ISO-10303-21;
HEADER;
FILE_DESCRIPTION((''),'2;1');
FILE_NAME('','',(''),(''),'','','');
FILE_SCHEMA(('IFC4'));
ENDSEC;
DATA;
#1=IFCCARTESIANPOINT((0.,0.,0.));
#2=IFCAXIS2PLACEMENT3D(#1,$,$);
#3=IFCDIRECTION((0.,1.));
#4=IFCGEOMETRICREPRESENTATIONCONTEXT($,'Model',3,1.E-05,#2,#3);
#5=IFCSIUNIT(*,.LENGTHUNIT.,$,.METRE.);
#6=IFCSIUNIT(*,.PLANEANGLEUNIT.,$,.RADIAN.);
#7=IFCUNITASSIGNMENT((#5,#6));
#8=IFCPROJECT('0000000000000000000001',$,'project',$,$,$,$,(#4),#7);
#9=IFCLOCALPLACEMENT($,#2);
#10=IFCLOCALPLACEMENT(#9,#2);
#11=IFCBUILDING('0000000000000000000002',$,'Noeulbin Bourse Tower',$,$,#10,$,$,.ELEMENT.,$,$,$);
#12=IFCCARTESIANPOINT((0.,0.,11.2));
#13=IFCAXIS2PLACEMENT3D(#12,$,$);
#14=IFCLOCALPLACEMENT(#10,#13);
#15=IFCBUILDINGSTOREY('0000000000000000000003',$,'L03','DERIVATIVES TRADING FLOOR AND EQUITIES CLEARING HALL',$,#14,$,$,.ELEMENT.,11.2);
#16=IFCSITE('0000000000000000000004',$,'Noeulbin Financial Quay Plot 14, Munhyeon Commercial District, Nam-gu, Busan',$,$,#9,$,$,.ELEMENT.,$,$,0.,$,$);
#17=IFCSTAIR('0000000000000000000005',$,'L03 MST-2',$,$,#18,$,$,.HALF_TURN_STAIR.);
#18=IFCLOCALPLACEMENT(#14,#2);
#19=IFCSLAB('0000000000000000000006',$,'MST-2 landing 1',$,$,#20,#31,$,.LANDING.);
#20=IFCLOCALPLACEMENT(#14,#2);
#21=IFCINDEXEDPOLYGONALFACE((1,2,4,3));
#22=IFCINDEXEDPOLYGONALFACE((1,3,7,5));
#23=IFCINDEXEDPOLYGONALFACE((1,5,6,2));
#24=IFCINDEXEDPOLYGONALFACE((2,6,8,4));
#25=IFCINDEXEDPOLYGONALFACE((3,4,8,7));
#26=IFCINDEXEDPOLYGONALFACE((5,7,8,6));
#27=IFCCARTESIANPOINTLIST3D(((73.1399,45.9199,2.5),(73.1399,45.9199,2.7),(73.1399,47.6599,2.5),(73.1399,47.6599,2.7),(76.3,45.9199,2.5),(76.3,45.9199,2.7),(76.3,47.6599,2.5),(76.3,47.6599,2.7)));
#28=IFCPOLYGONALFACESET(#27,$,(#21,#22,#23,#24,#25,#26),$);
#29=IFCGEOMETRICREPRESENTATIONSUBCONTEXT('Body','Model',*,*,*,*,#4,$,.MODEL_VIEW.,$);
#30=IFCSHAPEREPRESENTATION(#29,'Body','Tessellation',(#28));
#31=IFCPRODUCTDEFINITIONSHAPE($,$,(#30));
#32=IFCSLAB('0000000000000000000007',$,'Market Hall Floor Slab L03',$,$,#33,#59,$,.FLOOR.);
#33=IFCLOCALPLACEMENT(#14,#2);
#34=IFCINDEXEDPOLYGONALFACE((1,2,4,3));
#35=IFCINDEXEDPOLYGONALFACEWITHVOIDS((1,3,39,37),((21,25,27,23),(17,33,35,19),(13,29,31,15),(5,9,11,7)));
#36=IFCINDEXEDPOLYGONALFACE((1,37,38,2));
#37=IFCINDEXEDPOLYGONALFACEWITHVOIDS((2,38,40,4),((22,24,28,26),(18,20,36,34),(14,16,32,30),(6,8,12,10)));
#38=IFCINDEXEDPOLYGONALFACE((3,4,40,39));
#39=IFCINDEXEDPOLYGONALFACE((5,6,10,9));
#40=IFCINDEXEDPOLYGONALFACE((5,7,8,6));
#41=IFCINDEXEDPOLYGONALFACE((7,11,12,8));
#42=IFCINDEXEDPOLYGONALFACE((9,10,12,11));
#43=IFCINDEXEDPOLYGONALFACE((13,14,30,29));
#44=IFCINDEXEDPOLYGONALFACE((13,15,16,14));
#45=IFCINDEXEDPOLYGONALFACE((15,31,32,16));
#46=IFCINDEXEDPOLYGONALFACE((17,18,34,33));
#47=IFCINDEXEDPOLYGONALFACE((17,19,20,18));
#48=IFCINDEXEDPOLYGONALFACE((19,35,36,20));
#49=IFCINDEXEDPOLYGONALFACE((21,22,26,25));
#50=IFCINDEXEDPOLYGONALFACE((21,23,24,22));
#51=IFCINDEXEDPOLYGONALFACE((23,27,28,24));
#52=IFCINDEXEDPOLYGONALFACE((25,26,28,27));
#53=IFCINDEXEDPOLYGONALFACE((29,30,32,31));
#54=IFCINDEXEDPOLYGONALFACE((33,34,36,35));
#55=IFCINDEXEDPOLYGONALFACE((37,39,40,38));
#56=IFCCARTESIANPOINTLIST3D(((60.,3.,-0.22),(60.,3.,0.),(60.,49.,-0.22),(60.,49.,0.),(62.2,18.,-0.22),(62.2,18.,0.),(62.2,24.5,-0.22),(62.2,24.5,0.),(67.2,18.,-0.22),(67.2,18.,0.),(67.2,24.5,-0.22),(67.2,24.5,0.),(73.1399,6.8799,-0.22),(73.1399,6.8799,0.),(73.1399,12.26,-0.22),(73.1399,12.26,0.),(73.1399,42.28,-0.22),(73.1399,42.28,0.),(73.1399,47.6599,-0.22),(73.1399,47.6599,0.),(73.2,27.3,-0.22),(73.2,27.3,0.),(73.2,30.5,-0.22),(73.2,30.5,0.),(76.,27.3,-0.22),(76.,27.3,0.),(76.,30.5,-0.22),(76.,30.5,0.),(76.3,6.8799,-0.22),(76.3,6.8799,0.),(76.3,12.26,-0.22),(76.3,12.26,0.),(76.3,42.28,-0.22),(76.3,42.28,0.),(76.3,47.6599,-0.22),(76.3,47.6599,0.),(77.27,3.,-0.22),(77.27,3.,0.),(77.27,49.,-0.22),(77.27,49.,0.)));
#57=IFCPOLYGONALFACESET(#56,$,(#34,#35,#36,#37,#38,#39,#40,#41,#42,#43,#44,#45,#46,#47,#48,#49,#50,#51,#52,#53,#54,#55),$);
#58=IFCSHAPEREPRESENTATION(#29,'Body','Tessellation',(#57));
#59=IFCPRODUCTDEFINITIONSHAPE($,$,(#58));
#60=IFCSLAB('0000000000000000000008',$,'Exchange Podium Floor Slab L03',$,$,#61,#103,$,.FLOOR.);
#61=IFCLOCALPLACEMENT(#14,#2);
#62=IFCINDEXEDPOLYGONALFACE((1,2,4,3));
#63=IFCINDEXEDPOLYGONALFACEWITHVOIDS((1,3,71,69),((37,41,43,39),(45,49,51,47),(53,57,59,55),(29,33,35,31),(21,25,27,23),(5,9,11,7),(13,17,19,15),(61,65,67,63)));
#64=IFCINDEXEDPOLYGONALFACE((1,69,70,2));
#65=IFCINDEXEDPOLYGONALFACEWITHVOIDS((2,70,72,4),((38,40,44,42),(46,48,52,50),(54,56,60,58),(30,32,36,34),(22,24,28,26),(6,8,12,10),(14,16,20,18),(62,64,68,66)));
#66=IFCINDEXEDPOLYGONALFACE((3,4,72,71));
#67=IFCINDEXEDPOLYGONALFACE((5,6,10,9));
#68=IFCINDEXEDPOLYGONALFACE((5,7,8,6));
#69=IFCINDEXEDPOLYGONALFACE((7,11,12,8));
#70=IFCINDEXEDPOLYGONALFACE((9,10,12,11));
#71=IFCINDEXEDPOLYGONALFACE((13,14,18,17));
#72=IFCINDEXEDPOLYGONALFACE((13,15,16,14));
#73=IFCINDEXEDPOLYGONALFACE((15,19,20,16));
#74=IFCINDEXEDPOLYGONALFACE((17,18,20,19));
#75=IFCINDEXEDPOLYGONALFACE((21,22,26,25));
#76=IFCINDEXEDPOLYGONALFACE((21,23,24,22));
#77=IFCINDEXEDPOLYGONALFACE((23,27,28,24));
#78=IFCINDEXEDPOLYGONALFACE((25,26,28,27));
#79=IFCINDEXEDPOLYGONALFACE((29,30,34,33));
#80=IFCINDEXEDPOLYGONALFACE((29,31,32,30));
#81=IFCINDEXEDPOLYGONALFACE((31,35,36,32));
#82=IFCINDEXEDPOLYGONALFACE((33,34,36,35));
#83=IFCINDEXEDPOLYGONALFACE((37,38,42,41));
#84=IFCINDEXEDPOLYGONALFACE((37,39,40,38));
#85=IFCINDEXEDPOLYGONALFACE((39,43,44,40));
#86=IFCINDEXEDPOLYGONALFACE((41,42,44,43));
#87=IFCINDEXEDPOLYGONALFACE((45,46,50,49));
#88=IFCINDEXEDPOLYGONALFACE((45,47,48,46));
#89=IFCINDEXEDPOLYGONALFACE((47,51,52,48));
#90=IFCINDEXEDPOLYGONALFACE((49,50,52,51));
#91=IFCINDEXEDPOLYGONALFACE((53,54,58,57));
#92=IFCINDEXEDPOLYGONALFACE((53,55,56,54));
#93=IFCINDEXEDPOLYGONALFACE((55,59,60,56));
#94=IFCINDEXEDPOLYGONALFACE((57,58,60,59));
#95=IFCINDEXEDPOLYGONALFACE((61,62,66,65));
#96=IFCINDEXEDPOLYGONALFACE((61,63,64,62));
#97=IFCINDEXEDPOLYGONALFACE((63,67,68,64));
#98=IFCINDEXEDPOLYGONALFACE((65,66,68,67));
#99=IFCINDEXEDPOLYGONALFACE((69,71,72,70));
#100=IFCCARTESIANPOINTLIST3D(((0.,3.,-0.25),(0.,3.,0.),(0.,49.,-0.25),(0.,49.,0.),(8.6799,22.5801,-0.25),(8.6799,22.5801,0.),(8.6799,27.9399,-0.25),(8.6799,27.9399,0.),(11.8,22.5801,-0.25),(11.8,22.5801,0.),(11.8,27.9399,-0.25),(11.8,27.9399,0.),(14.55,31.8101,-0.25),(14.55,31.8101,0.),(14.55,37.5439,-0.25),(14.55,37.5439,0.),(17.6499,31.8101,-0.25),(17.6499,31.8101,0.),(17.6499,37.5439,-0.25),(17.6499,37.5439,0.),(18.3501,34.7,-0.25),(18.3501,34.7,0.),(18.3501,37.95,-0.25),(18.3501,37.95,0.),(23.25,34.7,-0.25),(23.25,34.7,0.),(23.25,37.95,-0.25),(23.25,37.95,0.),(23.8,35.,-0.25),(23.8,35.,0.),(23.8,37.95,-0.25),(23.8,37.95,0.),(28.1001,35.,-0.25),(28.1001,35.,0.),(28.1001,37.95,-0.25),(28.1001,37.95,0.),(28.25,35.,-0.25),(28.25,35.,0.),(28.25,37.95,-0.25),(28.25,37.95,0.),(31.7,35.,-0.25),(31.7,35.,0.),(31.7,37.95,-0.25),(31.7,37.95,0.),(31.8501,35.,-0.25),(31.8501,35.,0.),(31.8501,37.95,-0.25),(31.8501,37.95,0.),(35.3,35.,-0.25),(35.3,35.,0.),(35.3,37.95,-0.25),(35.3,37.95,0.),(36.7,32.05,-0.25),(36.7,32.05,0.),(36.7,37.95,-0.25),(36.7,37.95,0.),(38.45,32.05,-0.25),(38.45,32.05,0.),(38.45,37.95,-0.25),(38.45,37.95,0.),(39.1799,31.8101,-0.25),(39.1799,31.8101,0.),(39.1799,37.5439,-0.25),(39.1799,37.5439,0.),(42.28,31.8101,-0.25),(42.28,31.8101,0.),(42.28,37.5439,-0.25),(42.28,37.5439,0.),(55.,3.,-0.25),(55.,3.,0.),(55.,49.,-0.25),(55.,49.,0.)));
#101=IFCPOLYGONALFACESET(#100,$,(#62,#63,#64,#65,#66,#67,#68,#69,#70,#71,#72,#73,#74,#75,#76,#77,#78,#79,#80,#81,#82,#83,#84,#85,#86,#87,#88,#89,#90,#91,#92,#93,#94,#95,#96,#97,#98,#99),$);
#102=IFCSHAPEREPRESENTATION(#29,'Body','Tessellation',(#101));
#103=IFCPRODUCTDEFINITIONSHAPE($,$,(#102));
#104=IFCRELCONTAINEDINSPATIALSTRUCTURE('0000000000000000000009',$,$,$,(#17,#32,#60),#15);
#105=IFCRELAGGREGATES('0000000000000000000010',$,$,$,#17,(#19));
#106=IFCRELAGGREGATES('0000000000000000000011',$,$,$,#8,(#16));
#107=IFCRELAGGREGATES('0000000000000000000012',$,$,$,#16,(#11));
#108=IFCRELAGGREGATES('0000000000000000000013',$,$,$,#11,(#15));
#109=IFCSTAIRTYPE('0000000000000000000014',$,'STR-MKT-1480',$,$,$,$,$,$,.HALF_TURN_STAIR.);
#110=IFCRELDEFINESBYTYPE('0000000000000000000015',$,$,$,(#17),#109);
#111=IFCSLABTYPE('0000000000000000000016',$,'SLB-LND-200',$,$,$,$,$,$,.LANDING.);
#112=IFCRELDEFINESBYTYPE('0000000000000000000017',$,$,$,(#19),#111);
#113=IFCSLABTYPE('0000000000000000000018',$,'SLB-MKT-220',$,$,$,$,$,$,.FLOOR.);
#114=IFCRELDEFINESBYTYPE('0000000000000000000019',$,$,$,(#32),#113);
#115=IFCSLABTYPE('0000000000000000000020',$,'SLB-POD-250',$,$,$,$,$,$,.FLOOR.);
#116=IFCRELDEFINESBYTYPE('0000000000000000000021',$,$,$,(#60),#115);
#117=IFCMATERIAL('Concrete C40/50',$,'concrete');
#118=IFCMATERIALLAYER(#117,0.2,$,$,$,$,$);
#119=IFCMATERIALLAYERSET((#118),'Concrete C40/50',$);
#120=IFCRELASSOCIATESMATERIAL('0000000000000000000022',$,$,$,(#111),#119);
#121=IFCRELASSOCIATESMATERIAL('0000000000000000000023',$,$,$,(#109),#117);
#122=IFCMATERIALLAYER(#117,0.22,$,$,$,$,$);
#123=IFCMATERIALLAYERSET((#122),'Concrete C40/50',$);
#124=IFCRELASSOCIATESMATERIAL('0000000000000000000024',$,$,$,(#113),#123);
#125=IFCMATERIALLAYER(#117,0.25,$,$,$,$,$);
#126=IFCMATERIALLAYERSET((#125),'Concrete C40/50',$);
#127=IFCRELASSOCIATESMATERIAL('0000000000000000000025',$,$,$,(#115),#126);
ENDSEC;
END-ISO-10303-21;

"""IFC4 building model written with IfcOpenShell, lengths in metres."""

from ifc_helpers import new_model, si_unit, direction, frame, origin, place, context, subcontext, project, spatial, polyline, outline, extrude, material, layer, layer_set, type_object, element, aggregate, save


model = new_model("IFC4")

# Units and contexts
model_context = context("Model", 3, precision=1e-05, world=origin(), true_north=direction((0.0, 1.0)))
body_context = subcontext(model_context, "Body", "Model", "MODEL_VIEW")
ifc_project = project(units=[si_unit("LENGTHUNIT", "METRE"), si_unit("PLANEANGLEUNIT", "RADIAN")], contexts=[model_context])

# Site, building, storey
site_placement = place(None, origin())
site = spatial("IfcSite", under=ifc_project, at=site_placement, Name="Noeulbin Financial Quay Plot 14, Munhyeon Commercial District, Nam-gu, Busan", CompositionType="ELEMENT", RefElevation=0.0)
building_placement = place(site_placement, origin())
building = spatial("IfcBuilding", under=site, at=building_placement, Name="Noeulbin Bourse Tower", CompositionType="ELEMENT")
storey_placement = place(building_placement, frame((0.0, 0.0, 11.2)))
storey = spatial("IfcBuildingStorey", under=building, at=storey_placement, Name="L03", Description="DERIVATIVES TRADING FLOOR AND EQUITIES CLEARING HALL", CompositionType="ELEMENT", Elevation=11.2)

# Shared definitions
ifc_material_1 = material(Name="Concrete C40/50", Category="concrete")

# Stair, slab
ifc_layer_1 = layer(ifc_material_1, 0.2)
ifc_layer_set_1 = layer_set([ifc_layer_1], Name="Concrete C40/50")
slab_type_1 = type_object("IfcSlabType", Name="SLB-LND-200", PredefinedType="LANDING", material=ifc_layer_set_1)
stair_type_1 = type_object("IfcStairType", Name="STR-MKT-1480", PredefinedType="HALF_TURN_STAIR", material=ifc_material_1)
stair_1_placement = place(storey_placement, origin())
stair_1 = element("IfcStair", 1, at=stair_1_placement, inside=storey, type_object=stair_type_1, Name="L03 MST-2", PredefinedType="HALF_TURN_STAIR")
slab_1_placement = place(storey_placement, frame((0.0, 0.0, 2.5)))
slab_1 = element("IfcSlab", 2, at=slab_1_placement, type_object=slab_type_1, Name="MST-2 landing 1", PredefinedType="LANDING", context=body_context, shape_type="SweptSolid", body=[
    extrude(outline(polyline([(76.3, 45.9199), (76.3, 47.6599), (73.1399, 47.6599), (73.1399, 45.9199), (76.3, 45.9199)])), origin(), (0.0, 0.0, 1.0), 0.2),
])
aggregate(stair_1, [slab_1])

# Slabs, openings
ifc_layer_2 = layer(ifc_material_1, 0.22)
ifc_layer_set_2 = layer_set([ifc_layer_2], Name="Concrete C40/50")
slab_type_2 = type_object("IfcSlabType", Name="SLB-MKT-220", PredefinedType="FLOOR", material=ifc_layer_set_2)
slab_2_placement = place(storey_placement, frame((0.0, 0.0, -0.22)))
slab_2 = element("IfcSlab", 3, at=slab_2_placement, inside=storey, type_object=slab_type_2, Name="Market Hall Floor Slab L03", PredefinedType="FLOOR", context=body_context, shape_type="SweptSolid", body=[
    extrude(outline(polyline([(60.0, 3.0), (77.27, 3.0), (77.27, 49.0), (60.0, 49.0), (60.0, 3.0)]), holes=[polyline([(76.3, 6.8799), (76.3, 12.26), (73.1399, 12.26), (73.1399, 6.8799), (76.3, 6.8799)]), polyline([(76.3, 42.28), (76.3, 47.6599), (73.1399, 47.6599), (73.1399, 42.28), (76.3, 42.28)]), polyline([(73.2, 27.3), (76.0, 27.3), (76.0, 30.5), (73.2, 30.5), (73.2, 27.3)]), polyline([(62.2, 18.0), (67.2, 18.0), (67.2, 24.5), (62.2, 24.5), (62.2, 18.0)])]), origin(), (0.0, 0.0, 1.0), 0.22),
])
opening_1_placement = place(slab_2_placement, frame((0.0, 0.0, -0.01)))
element("IfcOpeningElement", 4, at=opening_1_placement, cuts=slab_2, PredefinedType="OPENING", context=body_context, shape_type="SweptSolid", body=[
    extrude(outline(polyline([(76.3, 6.8799), (76.3, 12.26), (73.1399, 12.26), (73.1399, 6.8799), (76.3, 6.8799)])), origin(), (0.0, 0.0, 1.0), 0.24),
])
opening_2_placement = place(slab_2_placement, frame((0.0, 0.0, -0.01)))
element("IfcOpeningElement", 5, at=opening_2_placement, cuts=slab_2, PredefinedType="OPENING", context=body_context, shape_type="SweptSolid", body=[
    extrude(outline(polyline([(76.3, 42.28), (76.3, 47.6599), (73.1399, 47.6599), (73.1399, 42.28), (76.3, 42.28)])), origin(), (0.0, 0.0, 1.0), 0.24),
])
opening_3_placement = place(slab_2_placement, frame((0.0, 0.0, -0.01)))
element("IfcOpeningElement", 6, at=opening_3_placement, cuts=slab_2, PredefinedType="OPENING", context=body_context, shape_type="SweptSolid", body=[
    extrude(outline(polyline([(73.2, 27.3), (76.0, 27.3), (76.0, 30.5), (73.2, 30.5), (73.2, 27.3)])), origin(), (0.0, 0.0, 1.0), 0.24),
])
opening_4_placement = place(slab_2_placement, frame((0.0, 0.0, -0.01)))
element("IfcOpeningElement", 7, at=opening_4_placement, cuts=slab_2, PredefinedType="OPENING", context=body_context, shape_type="SweptSolid", body=[
    extrude(outline(polyline([(62.2, 18.0), (67.2, 18.0), (67.2, 24.5), (62.2, 24.5), (62.2, 18.0)])), origin(), (0.0, 0.0, 1.0), 0.24),
])
ifc_layer_3 = layer(ifc_material_1, 0.25)
ifc_layer_set_3 = layer_set([ifc_layer_3], Name="Concrete C40/50")
slab_type_3 = type_object("IfcSlabType", Name="SLB-POD-250", PredefinedType="FLOOR", material=ifc_layer_set_3)
slab_3_placement = place(storey_placement, frame((0.0, 0.0, -0.25)))
slab_3 = element("IfcSlab", 8, at=slab_3_placement, inside=storey, type_object=slab_type_3, Name="Exchange Podium Floor Slab L03", PredefinedType="FLOOR", context=body_context, shape_type="SweptSolid", body=[
    extrude(outline(polyline([(0.0, 3.0), (55.0, 3.0), (55.0, 49.0), (0.0, 49.0), (0.0, 3.0)]), holes=[polyline([(17.6499, 31.8101), (17.6499, 37.5439), (14.55, 37.5439), (14.55, 31.8101), (17.6499, 31.8101)]), polyline([(42.28, 31.8101), (42.28, 37.5439), (39.1799, 37.5439), (39.1799, 31.8101), (42.28, 31.8101)]), polyline([(11.8, 22.5801), (11.8, 27.9399), (8.6799, 27.9399), (8.6799, 22.5801), (11.8, 22.5801)]), polyline([(18.3501, 34.7), (23.25, 34.7), (23.25, 37.95), (18.3501, 37.95), (18.3501, 34.7)]), polyline([(36.7, 32.05), (38.45, 32.05), (38.45, 37.95), (36.7, 37.95), (36.7, 32.05)]), polyline([(23.8, 35.0), (28.1001, 35.0), (28.1001, 37.95), (23.8, 37.95), (23.8, 35.0)]), polyline([(28.25, 35.0), (31.7, 35.0), (31.7, 37.95), (28.25, 37.95), (28.25, 35.0)]), polyline([(31.8501, 35.0), (35.3, 35.0), (35.3, 37.95), (31.8501, 37.95), (31.8501, 35.0)])]), origin(), (0.0, 0.0, 1.0), 0.25),
])
opening_5_placement = place(slab_3_placement, frame((0.0, 0.0, -0.01)))
element("IfcOpeningElement", 9, at=opening_5_placement, cuts=slab_3, PredefinedType="OPENING", context=body_context, shape_type="SweptSolid", body=[
    extrude(outline(polyline([(17.6499, 31.8101), (17.6499, 37.5439), (14.55, 37.5439), (14.55, 31.8101), (17.6499, 31.8101)])), origin(), (0.0, 0.0, 1.0), 0.27),
])
opening_6_placement = place(slab_3_placement, frame((0.0, 0.0, -0.01)))
element("IfcOpeningElement", 10, at=opening_6_placement, cuts=slab_3, PredefinedType="OPENING", context=body_context, shape_type="SweptSolid", body=[
    extrude(outline(polyline([(42.28, 31.8101), (42.28, 37.5439), (39.1799, 37.5439), (39.1799, 31.8101), (42.28, 31.8101)])), origin(), (0.0, 0.0, 1.0), 0.27),
])
opening_7_placement = place(slab_3_placement, frame((0.0, 0.0, -0.01)))
element("IfcOpeningElement", 11, at=opening_7_placement, cuts=slab_3, PredefinedType="OPENING", context=body_context, shape_type="SweptSolid", body=[
    extrude(outline(polyline([(11.8, 22.5801), (11.8, 27.9399), (8.6799, 27.9399), (8.6799, 22.5801), (11.8, 22.5801)])), origin(), (0.0, 0.0, 1.0), 0.27),
])
opening_8_placement = place(slab_3_placement, frame((0.0, 0.0, -0.01)))
element("IfcOpeningElement", 12, at=opening_8_placement, cuts=slab_3, PredefinedType="OPENING", context=body_context, shape_type="SweptSolid", body=[
    extrude(outline(polyline([(18.3501, 34.7), (23.25, 34.7), (23.25, 37.95), (18.3501, 37.95), (18.3501, 34.7)])), origin(), (0.0, 0.0, 1.0), 0.27),
])
opening_9_placement = place(slab_3_placement, frame((0.0, 0.0, -0.01)))
element("IfcOpeningElement", 13, at=opening_9_placement, cuts=slab_3, PredefinedType="OPENING", context=body_context, shape_type="SweptSolid", body=[
    extrude(outline(polyline([(36.7, 32.05), (38.45, 32.05), (38.45, 37.95), (36.7, 37.95), (36.7, 32.05)])), origin(), (0.0, 0.0, 1.0), 0.27),
])
opening_10_placement = place(slab_3_placement, frame((0.0, 0.0, -0.01)))
element("IfcOpeningElement", 14, at=opening_10_placement, cuts=slab_3, PredefinedType="OPENING", context=body_context, shape_type="SweptSolid", body=[
    extrude(outline(polyline([(23.8, 35.0), (28.1001, 35.0), (28.1001, 37.95), (23.8, 37.95), (23.8, 35.0)])), origin(), (0.0, 0.0, 1.0), 0.27),
])
opening_11_placement = place(slab_3_placement, frame((0.0, 0.0, -0.01)))
element("IfcOpeningElement", 15, at=opening_11_placement, cuts=slab_3, PredefinedType="OPENING", context=body_context, shape_type="SweptSolid", body=[
    extrude(outline(polyline([(28.25, 35.0), (31.7, 35.0), (31.7, 37.95), (28.25, 37.95), (28.25, 35.0)])), origin(), (0.0, 0.0, 1.0), 0.27),
])
opening_12_placement = place(slab_3_placement, frame((0.0, 0.0, -0.01)))
element("IfcOpeningElement", 16, at=opening_12_placement, cuts=slab_3, PredefinedType="OPENING", context=body_context, shape_type="SweptSolid", body=[
    extrude(outline(polyline([(31.8501, 35.0), (35.3, 35.0), (35.3, 37.95), (31.8501, 37.95), (31.8501, 35.0)])), origin(), (0.0, 0.0, 1.0), 0.27),
])

save(model, "model.ifc")
